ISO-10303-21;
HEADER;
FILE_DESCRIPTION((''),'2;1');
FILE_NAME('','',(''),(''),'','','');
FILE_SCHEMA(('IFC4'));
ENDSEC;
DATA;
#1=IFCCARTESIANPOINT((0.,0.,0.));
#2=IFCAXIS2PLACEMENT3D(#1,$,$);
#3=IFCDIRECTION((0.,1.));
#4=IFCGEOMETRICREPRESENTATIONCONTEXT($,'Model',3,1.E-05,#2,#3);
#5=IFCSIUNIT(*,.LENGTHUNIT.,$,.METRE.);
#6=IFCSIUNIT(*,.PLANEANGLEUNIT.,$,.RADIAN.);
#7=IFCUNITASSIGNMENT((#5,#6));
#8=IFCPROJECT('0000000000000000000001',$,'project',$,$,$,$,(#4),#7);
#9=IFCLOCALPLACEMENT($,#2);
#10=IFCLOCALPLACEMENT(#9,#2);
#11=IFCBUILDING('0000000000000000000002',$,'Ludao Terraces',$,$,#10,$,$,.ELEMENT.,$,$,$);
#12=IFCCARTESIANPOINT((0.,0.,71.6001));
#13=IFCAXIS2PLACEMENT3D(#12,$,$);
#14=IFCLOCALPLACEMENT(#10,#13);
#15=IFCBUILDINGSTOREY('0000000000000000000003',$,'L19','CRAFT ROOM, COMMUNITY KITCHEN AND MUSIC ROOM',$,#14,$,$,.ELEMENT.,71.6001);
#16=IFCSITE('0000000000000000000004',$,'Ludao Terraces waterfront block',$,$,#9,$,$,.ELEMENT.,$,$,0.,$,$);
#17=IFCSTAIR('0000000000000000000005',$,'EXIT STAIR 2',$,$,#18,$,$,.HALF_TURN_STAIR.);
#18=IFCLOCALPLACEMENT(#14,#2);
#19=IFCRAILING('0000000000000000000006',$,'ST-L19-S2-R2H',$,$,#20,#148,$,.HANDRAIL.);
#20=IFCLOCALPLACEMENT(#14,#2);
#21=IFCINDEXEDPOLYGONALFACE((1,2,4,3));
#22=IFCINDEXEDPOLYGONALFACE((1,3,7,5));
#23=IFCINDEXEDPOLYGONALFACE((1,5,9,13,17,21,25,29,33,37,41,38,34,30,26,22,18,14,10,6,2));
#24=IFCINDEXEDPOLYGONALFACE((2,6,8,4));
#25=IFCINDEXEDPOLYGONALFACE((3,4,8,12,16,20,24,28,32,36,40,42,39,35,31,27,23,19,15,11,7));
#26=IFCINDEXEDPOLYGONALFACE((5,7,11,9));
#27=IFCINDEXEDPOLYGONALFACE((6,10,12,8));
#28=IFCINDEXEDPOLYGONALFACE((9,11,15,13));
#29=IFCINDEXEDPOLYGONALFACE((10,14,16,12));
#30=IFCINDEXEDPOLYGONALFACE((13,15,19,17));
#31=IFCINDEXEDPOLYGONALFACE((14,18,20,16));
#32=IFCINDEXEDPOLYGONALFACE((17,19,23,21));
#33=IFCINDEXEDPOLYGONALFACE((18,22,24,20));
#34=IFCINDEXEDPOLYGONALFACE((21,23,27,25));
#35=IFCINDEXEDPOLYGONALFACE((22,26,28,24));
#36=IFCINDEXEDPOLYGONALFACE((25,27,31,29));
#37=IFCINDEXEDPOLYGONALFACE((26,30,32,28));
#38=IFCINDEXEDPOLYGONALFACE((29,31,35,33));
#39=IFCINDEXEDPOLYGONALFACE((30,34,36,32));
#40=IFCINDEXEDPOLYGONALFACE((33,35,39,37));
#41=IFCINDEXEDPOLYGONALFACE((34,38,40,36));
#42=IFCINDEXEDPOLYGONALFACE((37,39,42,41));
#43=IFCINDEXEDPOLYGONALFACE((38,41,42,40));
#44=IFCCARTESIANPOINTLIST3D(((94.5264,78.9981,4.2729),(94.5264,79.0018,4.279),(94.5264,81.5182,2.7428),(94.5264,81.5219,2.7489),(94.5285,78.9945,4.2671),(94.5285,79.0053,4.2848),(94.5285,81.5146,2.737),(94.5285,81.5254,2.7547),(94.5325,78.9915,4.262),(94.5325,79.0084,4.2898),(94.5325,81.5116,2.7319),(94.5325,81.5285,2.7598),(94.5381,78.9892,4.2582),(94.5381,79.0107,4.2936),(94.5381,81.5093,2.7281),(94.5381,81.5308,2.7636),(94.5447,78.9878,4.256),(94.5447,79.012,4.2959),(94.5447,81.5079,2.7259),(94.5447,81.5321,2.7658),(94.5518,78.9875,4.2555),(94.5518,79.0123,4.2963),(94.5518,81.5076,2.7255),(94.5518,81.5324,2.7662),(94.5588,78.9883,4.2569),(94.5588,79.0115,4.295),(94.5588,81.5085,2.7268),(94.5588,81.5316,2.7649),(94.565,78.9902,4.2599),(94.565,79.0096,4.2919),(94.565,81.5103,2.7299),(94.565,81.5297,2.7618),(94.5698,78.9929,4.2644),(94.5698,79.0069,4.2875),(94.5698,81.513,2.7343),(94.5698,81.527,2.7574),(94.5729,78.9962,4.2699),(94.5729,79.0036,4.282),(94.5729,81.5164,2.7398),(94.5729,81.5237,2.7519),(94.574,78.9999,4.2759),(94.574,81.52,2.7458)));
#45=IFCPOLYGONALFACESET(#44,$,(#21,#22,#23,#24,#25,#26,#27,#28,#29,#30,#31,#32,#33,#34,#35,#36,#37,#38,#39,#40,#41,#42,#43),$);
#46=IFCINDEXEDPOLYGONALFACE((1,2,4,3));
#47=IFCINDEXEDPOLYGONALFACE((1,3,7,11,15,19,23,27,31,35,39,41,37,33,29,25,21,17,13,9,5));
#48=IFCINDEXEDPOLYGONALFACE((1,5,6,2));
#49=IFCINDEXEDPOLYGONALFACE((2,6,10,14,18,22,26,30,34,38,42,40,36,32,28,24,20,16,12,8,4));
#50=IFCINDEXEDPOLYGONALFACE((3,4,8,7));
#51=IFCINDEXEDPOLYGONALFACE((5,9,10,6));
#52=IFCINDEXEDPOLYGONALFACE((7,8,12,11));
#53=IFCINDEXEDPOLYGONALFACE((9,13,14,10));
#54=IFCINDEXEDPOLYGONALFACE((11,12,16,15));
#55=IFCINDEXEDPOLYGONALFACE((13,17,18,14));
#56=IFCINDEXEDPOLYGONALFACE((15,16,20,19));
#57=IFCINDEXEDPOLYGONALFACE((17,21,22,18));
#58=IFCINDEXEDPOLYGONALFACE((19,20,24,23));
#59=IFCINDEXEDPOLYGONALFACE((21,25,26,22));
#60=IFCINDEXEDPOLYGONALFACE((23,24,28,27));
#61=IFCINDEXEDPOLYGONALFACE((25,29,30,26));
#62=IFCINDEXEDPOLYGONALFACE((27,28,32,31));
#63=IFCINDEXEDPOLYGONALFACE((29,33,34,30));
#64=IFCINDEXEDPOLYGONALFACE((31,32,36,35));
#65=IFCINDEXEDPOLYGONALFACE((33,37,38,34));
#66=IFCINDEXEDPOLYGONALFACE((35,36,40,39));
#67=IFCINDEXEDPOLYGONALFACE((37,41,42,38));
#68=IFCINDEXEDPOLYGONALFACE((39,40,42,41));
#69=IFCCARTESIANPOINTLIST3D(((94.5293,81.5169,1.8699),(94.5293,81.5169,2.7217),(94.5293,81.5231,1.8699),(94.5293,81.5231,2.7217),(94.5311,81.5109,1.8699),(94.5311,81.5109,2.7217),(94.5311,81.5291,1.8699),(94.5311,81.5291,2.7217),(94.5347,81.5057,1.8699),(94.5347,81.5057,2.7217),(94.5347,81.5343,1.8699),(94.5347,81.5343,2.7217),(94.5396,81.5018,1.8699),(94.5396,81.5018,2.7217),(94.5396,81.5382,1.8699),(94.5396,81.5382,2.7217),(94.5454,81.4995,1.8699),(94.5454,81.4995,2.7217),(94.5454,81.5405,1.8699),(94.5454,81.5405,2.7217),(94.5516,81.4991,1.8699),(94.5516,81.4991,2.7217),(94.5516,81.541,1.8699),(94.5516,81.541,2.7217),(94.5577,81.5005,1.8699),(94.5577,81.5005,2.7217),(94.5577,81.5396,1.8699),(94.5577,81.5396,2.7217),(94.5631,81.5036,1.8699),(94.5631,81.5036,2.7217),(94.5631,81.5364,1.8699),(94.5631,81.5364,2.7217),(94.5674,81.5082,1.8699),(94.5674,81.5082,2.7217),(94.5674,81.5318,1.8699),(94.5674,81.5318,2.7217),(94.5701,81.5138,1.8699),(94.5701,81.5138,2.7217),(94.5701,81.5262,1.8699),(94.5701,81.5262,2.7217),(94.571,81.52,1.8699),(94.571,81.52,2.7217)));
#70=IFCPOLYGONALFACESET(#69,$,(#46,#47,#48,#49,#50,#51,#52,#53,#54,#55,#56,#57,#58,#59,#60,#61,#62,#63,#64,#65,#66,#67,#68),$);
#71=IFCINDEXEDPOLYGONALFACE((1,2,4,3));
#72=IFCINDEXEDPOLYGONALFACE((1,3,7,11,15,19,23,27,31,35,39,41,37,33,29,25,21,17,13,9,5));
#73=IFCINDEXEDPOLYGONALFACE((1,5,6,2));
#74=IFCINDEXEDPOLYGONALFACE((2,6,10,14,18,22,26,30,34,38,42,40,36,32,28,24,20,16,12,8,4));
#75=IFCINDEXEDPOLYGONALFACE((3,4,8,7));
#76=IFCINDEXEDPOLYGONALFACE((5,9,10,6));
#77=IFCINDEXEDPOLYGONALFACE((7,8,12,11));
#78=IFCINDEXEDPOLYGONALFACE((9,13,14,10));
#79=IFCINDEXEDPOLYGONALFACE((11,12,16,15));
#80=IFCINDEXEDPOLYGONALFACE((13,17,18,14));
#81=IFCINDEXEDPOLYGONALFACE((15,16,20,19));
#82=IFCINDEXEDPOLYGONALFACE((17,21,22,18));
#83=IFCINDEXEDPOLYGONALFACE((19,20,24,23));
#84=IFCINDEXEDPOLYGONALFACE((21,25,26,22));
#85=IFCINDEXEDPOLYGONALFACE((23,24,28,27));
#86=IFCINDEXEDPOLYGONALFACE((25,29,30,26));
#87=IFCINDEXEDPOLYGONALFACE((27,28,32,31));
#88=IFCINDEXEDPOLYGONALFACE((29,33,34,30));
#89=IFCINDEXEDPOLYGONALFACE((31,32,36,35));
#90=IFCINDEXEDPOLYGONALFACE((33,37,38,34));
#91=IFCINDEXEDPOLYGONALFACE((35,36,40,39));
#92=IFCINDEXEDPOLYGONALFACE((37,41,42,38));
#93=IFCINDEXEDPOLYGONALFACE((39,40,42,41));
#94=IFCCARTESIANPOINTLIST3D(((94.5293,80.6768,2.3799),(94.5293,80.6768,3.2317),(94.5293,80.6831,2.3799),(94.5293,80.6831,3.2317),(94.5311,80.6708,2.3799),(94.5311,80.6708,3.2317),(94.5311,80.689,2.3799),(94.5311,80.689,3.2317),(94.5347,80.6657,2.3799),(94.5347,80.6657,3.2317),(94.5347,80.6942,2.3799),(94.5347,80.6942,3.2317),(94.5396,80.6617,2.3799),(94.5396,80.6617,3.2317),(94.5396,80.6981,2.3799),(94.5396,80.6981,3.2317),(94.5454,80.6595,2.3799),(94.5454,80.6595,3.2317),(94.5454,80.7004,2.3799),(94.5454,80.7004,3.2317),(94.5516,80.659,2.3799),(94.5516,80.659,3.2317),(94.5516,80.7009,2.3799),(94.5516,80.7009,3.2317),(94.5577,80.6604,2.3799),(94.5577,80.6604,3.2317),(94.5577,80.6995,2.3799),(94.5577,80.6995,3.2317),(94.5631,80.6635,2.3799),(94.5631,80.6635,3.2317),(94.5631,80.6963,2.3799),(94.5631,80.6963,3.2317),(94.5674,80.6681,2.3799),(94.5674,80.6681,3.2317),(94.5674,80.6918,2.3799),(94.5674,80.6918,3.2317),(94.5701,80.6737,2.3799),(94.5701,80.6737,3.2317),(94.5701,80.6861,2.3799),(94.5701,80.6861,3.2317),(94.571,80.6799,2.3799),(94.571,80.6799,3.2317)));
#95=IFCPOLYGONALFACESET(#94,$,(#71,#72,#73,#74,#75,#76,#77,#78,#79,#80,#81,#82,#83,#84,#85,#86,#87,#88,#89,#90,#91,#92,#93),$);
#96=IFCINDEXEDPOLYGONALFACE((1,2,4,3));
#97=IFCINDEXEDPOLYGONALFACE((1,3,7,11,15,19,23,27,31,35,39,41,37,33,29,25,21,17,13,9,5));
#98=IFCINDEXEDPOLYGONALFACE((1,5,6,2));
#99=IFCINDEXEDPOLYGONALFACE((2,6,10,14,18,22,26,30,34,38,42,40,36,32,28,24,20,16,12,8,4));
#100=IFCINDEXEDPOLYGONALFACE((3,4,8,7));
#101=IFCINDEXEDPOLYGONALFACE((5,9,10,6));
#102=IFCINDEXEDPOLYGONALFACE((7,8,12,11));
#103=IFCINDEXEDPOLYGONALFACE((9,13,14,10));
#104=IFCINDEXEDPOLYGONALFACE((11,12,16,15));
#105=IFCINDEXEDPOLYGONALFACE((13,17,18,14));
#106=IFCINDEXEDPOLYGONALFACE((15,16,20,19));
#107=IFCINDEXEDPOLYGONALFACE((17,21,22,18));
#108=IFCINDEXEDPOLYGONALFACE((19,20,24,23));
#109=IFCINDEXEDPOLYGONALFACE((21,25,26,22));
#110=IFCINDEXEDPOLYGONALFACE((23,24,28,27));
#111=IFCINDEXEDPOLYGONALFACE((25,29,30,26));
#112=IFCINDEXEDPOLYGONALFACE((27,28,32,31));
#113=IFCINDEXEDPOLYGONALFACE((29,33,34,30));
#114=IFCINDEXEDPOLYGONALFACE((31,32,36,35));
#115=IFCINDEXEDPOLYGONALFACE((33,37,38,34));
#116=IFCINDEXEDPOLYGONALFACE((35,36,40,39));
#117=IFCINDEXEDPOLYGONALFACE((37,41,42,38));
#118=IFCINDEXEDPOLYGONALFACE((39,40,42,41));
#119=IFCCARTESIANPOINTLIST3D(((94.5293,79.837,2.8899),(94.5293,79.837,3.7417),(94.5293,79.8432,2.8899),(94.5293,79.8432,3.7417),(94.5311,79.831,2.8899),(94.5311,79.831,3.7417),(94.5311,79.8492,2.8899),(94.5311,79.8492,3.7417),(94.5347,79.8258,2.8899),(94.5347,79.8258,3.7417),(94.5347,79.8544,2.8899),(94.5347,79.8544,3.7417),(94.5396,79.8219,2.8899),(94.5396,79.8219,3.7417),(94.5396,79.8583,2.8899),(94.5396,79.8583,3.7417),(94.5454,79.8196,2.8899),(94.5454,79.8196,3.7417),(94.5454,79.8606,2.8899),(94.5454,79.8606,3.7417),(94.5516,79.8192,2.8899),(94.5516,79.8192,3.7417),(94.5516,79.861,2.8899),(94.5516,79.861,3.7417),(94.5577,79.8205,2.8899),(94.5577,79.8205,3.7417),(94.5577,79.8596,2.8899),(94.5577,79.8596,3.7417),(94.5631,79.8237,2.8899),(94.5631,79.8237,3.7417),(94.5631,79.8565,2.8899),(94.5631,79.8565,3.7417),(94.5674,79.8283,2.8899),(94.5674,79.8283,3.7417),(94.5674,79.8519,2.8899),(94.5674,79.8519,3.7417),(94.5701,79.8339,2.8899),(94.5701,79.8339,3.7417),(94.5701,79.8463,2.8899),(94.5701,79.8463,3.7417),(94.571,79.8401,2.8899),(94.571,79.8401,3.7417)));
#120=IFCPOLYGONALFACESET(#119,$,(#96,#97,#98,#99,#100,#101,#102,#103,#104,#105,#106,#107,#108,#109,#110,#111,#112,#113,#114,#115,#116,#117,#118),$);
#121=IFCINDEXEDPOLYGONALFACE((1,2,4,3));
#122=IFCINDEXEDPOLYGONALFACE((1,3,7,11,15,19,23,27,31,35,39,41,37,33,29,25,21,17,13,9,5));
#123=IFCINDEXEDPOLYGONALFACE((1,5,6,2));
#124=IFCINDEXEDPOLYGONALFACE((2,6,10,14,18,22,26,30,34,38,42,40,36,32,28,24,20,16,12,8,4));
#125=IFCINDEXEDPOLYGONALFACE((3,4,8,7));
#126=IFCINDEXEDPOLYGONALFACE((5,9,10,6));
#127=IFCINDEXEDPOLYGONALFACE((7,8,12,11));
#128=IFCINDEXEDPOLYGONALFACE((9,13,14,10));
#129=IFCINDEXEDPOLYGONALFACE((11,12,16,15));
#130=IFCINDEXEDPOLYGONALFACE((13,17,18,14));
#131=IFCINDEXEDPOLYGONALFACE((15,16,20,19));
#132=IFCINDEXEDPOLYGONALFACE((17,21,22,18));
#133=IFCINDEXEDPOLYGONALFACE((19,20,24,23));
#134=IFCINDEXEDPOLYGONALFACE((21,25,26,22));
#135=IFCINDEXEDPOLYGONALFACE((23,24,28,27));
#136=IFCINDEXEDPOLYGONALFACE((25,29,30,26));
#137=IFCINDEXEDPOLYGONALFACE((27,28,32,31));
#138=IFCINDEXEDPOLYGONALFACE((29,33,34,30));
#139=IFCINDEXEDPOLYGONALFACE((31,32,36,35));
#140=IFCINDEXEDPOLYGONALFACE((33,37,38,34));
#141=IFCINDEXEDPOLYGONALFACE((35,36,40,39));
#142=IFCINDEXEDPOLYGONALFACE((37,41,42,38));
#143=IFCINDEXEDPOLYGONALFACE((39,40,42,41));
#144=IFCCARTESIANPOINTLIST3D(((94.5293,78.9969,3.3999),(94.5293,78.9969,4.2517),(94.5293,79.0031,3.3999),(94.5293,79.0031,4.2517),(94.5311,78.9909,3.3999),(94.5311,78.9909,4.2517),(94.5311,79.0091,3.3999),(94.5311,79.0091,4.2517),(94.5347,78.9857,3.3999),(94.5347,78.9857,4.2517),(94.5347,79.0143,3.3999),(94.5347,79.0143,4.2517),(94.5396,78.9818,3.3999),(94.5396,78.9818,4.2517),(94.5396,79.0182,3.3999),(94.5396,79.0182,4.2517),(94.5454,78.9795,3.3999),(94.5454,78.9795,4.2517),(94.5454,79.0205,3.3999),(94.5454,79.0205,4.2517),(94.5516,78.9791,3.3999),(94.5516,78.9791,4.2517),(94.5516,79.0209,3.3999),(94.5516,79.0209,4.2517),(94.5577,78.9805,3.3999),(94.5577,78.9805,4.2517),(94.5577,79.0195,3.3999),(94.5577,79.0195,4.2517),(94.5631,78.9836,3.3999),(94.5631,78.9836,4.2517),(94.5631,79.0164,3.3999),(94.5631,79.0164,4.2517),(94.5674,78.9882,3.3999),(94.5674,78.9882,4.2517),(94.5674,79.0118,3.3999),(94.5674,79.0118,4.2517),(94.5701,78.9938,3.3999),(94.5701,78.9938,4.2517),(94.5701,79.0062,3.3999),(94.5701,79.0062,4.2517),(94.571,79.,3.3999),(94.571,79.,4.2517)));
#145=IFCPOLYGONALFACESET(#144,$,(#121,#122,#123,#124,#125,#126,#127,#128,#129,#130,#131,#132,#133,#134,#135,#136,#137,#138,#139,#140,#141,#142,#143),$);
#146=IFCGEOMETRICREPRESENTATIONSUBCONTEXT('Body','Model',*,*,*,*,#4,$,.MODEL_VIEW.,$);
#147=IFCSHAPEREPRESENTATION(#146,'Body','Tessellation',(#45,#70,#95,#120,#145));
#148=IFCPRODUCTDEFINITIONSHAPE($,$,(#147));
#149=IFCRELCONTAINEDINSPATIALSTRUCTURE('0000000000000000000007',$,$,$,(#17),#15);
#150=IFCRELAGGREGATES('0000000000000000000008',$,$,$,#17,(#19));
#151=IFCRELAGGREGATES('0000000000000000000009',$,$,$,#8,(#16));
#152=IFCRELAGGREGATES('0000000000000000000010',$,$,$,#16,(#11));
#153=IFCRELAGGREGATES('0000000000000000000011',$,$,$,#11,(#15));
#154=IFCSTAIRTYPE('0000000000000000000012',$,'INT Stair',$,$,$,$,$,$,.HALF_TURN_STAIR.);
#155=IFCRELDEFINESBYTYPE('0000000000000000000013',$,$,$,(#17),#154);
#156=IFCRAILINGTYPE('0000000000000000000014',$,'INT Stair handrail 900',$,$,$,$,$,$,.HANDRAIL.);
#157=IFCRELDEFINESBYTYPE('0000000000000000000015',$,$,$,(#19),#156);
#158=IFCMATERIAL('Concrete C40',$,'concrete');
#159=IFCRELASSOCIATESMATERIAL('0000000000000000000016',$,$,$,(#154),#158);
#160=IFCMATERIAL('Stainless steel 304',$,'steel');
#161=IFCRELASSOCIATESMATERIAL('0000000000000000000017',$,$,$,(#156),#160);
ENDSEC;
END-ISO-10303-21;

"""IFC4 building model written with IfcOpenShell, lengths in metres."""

from ifc_helpers import new_model, si_unit, direction, frame, origin, origin_2d, place, context, subcontext, project, spatial, circle, extrude, material, type_object, element, aggregate, save


model = new_model("IFC4")

# Units and contexts
model_context = context("Model", 3, precision=1e-05, world=origin(), true_north=direction((0.0, 1.0)))
body_context = subcontext(model_context, "Body", "Model", "MODEL_VIEW")
ifc_project = project(units=[si_unit("LENGTHUNIT", "METRE"), si_unit("PLANEANGLEUNIT", "RADIAN")], contexts=[model_context])

# Site, building, storey
site_placement = place(None, origin())
site = spatial("IfcSite", under=ifc_project, at=site_placement, Name="Ludao Terraces waterfront block", CompositionType="ELEMENT", RefElevation=0.0)
building_placement = place(site_placement, origin())
building = spatial("IfcBuilding", under=site, at=building_placement, Name="Ludao Terraces", CompositionType="ELEMENT")
storey_placement = place(building_placement, frame((0.0, 0.0, 71.6001)))
storey = spatial("IfcBuildingStorey", under=building, at=storey_placement, Name="L19", Description="CRAFT ROOM, COMMUNITY KITCHEN AND MUSIC ROOM", CompositionType="ELEMENT", Elevation=71.6001)

# Shared definitions
ifc_material_1 = material(Name="Concrete C40", Category="concrete")

# Shared definitions
ifc_material_2 = material(Name="Stainless steel 304", Category="steel")

# Stair, railing
stair_type = type_object("IfcStairType", Name="INT Stair", PredefinedType="HALF_TURN_STAIR", material=ifc_material_1)
stair_placement = place(storey_placement, origin())
stair = element("IfcStair", 1, at=stair_placement, inside=storey, type_object=stair_type, Name="EXIT STAIR 2", PredefinedType="HALF_TURN_STAIR")
railing_type_1 = type_object("IfcRailingType", Name="INT Stair handrail 900", PredefinedType="HANDRAIL", material=ifc_material_2)
railing_1_placement = place(storey_placement, frame((94.55, 81.52, 1.8699)))
railing_1 = element("IfcRailing", 2, at=railing_1_placement, type_object=railing_type_1, Name="ST-L19-S2-R2H", PredefinedType="HANDRAIL", context=body_context, shape_type="SweptSolid", body=[
    extrude(circle(Radius=0.0239, at=origin_2d()), frame((0.0, 0.0, 0.876), z_axis=(0.0, -0.854785, 0.518982), x_axis=(1.0, 0.0, 0.0)), (0.0, 0.0, 1.0), 2.9482),
    extrude(circle(Radius=0.021, at=origin_2d()), origin(), (0.0, 0.0, 1.0), 0.8518),
    extrude(circle(Radius=0.021, at=origin_2d()), frame((0.0, -0.8401, 0.51)), (0.0, 0.0, 1.0), 0.8518),
    extrude(circle(Radius=0.021, at=origin_2d()), frame((0.0, -1.6799, 1.02)), (0.0, 0.0, 1.0), 0.8518),
    extrude(circle(Radius=0.021, at=origin_2d()), frame((0.0, -2.52, 1.53)), (0.0, 0.0, 1.0), 0.8518),
])
aggregate(stair, [railing_1])

save(model, "model.ifc")
